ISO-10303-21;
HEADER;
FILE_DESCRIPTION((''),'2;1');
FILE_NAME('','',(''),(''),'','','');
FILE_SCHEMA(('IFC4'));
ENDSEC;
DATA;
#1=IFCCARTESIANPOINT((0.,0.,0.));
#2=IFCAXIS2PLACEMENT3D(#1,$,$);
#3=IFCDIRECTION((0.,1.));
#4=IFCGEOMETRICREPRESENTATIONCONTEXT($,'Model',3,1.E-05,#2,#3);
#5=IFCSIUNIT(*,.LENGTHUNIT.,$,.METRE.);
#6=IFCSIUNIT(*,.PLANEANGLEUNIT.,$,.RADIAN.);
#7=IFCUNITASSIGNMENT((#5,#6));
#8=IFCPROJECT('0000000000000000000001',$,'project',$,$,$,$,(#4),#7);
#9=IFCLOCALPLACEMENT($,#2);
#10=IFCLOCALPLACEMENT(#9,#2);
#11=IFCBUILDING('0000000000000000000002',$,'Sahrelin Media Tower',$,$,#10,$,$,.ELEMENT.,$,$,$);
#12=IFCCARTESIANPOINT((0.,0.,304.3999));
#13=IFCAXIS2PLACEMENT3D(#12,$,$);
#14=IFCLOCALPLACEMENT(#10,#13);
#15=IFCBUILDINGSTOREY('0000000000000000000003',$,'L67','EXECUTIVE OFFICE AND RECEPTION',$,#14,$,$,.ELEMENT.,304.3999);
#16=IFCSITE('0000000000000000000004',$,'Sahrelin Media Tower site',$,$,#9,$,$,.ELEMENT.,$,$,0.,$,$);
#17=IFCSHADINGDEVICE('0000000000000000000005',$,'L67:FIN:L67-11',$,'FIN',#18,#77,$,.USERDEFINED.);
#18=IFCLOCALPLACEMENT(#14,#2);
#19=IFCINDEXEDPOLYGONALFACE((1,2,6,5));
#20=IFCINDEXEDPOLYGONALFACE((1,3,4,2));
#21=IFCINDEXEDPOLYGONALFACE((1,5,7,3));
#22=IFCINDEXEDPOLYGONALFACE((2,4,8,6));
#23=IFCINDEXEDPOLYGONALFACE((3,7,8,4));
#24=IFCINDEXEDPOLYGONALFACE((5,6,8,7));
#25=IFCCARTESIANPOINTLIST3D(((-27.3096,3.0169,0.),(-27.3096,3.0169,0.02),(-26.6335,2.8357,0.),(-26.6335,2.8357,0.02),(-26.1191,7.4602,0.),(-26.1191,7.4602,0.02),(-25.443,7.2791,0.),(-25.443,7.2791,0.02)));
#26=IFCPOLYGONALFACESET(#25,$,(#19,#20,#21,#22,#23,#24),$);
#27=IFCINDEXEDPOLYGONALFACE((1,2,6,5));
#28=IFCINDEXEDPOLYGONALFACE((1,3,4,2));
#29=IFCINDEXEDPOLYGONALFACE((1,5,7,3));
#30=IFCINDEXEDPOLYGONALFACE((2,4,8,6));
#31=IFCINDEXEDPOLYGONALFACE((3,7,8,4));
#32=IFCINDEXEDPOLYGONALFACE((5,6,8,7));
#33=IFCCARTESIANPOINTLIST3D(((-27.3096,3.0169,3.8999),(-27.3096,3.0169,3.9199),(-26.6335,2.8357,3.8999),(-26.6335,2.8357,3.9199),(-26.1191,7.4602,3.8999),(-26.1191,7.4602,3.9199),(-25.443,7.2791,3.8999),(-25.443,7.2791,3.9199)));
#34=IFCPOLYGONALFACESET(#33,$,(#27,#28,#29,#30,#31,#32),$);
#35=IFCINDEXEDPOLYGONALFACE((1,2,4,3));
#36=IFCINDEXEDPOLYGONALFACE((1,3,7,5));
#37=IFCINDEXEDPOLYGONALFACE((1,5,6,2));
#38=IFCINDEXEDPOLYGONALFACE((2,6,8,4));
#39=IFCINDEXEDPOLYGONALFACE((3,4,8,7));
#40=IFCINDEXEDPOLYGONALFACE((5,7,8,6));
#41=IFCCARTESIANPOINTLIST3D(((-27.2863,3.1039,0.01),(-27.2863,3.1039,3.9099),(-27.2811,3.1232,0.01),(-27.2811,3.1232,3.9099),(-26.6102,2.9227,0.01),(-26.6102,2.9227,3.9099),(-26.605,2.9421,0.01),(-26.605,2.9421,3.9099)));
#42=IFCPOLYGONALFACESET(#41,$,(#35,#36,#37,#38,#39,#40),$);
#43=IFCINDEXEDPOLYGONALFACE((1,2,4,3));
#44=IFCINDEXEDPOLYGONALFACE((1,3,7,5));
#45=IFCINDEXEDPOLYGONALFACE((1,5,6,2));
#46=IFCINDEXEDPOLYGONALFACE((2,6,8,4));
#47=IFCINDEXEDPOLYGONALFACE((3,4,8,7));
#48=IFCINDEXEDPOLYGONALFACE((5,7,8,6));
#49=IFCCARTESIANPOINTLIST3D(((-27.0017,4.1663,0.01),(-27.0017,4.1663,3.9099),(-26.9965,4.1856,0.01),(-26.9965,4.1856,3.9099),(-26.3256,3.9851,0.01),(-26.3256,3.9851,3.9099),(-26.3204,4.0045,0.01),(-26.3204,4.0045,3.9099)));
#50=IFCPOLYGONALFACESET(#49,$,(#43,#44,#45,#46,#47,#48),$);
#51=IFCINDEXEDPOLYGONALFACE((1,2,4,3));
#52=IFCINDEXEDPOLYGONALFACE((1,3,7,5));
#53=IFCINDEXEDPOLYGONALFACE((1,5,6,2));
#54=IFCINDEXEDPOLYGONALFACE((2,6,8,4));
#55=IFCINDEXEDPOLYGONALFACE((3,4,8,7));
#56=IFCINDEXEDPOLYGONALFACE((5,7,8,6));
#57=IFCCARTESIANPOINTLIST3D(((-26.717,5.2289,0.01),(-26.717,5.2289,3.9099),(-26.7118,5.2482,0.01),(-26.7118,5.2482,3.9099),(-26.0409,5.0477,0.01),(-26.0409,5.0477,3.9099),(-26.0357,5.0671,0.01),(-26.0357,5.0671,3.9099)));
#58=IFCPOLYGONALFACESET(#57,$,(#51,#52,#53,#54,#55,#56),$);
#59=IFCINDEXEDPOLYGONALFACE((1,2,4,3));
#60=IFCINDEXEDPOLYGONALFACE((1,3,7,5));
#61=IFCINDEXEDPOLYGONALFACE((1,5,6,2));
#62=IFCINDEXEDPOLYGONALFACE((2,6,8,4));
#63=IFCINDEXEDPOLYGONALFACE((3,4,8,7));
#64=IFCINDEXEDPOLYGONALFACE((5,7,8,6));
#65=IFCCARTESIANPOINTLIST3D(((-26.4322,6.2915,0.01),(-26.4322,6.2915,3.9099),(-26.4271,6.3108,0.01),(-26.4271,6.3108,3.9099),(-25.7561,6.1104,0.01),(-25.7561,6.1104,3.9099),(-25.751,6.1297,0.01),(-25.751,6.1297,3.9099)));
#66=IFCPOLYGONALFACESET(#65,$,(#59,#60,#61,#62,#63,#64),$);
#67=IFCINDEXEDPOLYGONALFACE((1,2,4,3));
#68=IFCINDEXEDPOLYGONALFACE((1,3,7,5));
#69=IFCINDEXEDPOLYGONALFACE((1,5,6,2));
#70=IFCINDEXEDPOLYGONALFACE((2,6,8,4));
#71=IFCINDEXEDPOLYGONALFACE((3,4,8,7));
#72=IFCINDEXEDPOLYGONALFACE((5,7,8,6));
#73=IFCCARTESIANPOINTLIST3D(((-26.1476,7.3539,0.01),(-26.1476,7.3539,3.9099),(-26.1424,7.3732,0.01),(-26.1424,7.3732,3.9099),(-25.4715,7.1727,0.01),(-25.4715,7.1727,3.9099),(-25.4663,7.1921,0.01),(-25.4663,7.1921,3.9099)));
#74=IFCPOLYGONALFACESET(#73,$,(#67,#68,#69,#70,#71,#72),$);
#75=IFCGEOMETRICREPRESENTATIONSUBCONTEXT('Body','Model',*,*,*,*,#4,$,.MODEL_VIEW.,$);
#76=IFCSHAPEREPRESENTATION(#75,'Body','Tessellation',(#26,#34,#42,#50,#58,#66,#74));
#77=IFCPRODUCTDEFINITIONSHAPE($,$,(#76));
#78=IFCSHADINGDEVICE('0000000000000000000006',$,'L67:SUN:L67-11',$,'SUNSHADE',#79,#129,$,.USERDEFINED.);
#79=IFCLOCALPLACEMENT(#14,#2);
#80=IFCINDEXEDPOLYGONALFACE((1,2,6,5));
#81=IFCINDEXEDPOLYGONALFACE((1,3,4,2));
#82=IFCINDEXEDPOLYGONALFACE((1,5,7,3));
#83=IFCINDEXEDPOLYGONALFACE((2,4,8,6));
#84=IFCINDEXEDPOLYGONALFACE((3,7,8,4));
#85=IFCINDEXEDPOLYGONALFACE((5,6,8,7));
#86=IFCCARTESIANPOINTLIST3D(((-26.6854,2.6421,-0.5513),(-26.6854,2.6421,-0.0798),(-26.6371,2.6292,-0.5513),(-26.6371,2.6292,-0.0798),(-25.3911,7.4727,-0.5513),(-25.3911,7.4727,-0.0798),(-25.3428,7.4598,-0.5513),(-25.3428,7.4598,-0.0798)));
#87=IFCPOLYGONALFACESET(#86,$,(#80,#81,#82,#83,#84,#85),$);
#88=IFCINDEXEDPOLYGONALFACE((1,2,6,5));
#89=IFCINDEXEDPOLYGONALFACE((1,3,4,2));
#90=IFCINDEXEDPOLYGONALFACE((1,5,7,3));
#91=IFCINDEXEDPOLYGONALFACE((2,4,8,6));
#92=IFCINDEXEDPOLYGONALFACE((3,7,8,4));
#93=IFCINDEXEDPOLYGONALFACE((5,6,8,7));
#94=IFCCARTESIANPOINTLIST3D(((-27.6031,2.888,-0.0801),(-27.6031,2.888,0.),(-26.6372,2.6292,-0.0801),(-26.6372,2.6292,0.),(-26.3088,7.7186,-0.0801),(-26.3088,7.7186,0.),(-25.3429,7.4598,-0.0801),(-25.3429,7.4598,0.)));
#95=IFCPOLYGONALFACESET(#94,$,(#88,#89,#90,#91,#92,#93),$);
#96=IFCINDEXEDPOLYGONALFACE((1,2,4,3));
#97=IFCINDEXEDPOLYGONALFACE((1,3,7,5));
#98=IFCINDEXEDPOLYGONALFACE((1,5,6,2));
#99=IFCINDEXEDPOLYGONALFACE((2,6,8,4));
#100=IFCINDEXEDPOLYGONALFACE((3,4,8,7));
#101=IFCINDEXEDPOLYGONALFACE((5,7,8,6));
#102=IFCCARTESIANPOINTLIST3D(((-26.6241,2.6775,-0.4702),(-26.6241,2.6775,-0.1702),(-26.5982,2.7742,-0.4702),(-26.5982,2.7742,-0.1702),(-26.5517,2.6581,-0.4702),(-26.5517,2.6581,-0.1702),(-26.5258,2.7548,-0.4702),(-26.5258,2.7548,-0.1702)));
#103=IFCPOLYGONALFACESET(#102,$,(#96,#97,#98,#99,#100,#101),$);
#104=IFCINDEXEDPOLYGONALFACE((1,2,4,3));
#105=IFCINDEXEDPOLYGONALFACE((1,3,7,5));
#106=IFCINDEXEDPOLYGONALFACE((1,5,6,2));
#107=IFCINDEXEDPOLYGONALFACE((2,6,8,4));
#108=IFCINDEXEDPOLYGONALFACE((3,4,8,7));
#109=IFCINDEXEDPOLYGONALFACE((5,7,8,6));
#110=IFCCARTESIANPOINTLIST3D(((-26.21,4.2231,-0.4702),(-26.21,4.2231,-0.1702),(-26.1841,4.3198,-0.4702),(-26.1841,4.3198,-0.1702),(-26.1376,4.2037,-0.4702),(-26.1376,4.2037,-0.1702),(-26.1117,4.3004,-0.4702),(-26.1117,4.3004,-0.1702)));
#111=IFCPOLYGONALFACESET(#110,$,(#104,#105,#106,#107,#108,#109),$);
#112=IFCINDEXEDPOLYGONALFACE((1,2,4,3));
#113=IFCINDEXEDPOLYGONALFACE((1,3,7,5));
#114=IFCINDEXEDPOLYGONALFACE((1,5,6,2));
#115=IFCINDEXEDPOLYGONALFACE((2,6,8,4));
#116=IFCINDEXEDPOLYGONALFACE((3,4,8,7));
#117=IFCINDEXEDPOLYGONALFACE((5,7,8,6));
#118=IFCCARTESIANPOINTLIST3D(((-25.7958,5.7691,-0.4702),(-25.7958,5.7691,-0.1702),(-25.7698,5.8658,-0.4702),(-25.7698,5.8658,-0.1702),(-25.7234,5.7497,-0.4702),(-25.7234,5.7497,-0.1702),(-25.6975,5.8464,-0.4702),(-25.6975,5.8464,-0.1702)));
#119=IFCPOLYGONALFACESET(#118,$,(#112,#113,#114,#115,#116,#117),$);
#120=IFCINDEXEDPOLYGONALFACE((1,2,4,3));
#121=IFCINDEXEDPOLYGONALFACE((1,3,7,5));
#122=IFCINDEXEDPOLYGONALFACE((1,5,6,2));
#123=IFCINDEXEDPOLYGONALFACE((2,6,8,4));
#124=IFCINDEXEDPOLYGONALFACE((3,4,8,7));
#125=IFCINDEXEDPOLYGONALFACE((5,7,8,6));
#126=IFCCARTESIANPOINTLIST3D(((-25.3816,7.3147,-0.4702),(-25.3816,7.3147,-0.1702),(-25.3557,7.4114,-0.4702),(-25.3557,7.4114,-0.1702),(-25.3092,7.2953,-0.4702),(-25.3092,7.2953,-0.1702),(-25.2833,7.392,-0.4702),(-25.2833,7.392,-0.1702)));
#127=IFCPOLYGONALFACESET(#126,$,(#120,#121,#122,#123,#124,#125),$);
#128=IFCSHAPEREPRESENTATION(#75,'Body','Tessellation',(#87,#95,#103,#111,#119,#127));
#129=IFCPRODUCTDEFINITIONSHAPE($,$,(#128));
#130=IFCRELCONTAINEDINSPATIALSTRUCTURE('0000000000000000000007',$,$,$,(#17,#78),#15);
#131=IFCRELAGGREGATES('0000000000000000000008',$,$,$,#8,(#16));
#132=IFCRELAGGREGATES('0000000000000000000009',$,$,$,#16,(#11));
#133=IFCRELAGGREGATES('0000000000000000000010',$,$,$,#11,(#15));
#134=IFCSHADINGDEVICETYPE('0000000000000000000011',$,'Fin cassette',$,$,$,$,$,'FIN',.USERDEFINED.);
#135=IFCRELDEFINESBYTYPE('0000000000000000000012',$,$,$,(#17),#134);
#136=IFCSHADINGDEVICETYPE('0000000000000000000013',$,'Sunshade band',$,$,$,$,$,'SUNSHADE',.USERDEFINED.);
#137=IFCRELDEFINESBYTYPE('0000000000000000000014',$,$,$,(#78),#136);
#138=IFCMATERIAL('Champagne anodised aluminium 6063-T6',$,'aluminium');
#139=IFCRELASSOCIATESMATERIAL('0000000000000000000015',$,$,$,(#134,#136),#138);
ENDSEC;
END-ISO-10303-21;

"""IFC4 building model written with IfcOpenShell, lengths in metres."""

from ifc_helpers import new_model, si_unit, direction, frame, origin, origin_2d, place, context, subcontext, project, spatial, rectangle, extrude, material, type_object, element, save


model = new_model("IFC4")

# Units and contexts
model_context = context("Model", 3, precision=1e-05, world=origin(), true_north=direction((0.0, 1.0)))
body_context = subcontext(model_context, "Body", "Model", "MODEL_VIEW")
ifc_project = project(units=[si_unit("LENGTHUNIT", "METRE"), si_unit("PLANEANGLEUNIT", "RADIAN")], contexts=[model_context])

# Site, building, storey
site_placement = place(None, origin())
site = spatial("IfcSite", under=ifc_project, at=site_placement, Name="Sahrelin Media Tower site", CompositionType="ELEMENT", RefElevation=0.0)
building_placement = place(site_placement, origin())
building = spatial("IfcBuilding", under=site, at=building_placement, Name="Sahrelin Media Tower", CompositionType="ELEMENT")
storey_placement = place(building_placement, frame((0.0, 0.0, 304.3999)))
storey = spatial("IfcBuildingStorey", under=building, at=storey_placement, Name="L67", Description="EXECUTIVE OFFICE AND RECEPTION", CompositionType="ELEMENT", Elevation=304.3999)

# Shared definitions
ifc_material_1 = material(Name="Champagne anodised aluminium 6063-T6", Category="aluminium")

# Shading devices
shading_device_type_1 = type_object("IfcShadingDeviceType", Name="Fin cassette", ElementType="FIN", PredefinedType="USERDEFINED", material=ifc_material_1)
placement = place(storey_placement, frame((-25.9707, 5.0393, 0.0), z_axis=(0.0, 0.0, 1.0), x_axis=(0.258808, 0.965929, 0.0)))
element("IfcShadingDevice", 1, at=placement, inside=storey, type_object=shading_device_type_1, Name="L67:FIN:L67-11", ObjectType="FIN", PredefinedType="USERDEFINED", context=body_context, shape_type="SweptSolid", body=[
    extrude(rectangle(XDim=4.6001, YDim=0.7, at=origin_2d()), frame((0.0, 0.4199, 0.0)), (0.0, 0.0, 1.0), 0.02),
    extrude(rectangle(XDim=4.6001, YDim=0.7, at=origin_2d()), frame((0.0, 0.4199, 3.8999)), (0.0, 0.0, 1.0), 0.02),
    extrude(rectangle(XDim=0.02, YDim=0.7, at=origin_2d()), frame((-2.2, 0.4199, 0.01), z_axis=(0.0, 0.0, 1.0), x_axis=(1.0, 0.0, 0.0)), (0.0, 0.0, 1.0), 3.8999),
    extrude(rectangle(XDim=0.02, YDim=0.7, at=origin_2d()), frame((-1.1001, 0.4199, 0.01), z_axis=(0.0, 0.0, 1.0), x_axis=(1.0, 0.0, 0.0)), (0.0, 0.0, 1.0), 3.8999),
    extrude(rectangle(XDim=0.02, YDim=0.7, at=origin_2d()), frame((0.0, 0.4199, 0.01), z_axis=(0.0, 0.0, 1.0), x_axis=(1.0, 0.0, 0.0)), (0.0, 0.0, 1.0), 3.8999),
    extrude(rectangle(XDim=0.02, YDim=0.7, at=origin_2d()), frame((1.1001, 0.4199, 0.01), z_axis=(0.0, 0.0, 1.0), x_axis=(1.0, 0.0, 0.0)), (0.0, 0.0, 1.0), 3.8999),
    extrude(rectangle(XDim=0.02, YDim=0.7, at=origin_2d()), frame((2.2, 0.4199, 0.01), z_axis=(0.0, 0.0, 1.0), x_axis=(1.0, 0.0, 0.0)), (0.0, 0.0, 1.0), 3.8999),
])
shading_device_type_2 = type_object("IfcShadingDeviceType", Name="Sunshade band", ElementType="SUNSHADE", PredefinedType="USERDEFINED", material=ifc_material_1)
element("IfcShadingDevice", 2, at=placement, inside=storey, type_object=shading_device_type_2, Name="L67:SUN:L67-11", ObjectType="SUNSHADE", PredefinedType="USERDEFINED", context=body_context, shape_type="SweptSolid", body=[
    extrude(rectangle(XDim=5.001, YDim=0.05, at=origin_2d()), frame((0.0, 0.0449, -0.5513)), (0.0, 0.0, 1.0), 0.4714),
    extrude(rectangle(XDim=5.001, YDim=1.0, at=origin_2d()), frame((0.0, 0.52, -0.0801)), (0.0, 0.0, 1.0), 0.0801),
    extrude(rectangle(XDim=0.1001, YDim=0.075, at=origin_2d()), frame((-2.4004, -0.0176, -0.4702)), (0.0, 0.0, 1.0), 0.3),
    extrude(rectangle(XDim=0.1001, YDim=0.075, at=origin_2d()), frame((-0.8003, -0.0176, -0.4702)), (0.0, 0.0, 1.0), 0.3),
    extrude(rectangle(XDim=0.1001, YDim=0.075, at=origin_2d()), frame((0.8003, -0.0176, -0.4702)), (0.0, 0.0, 1.0), 0.3),
    extrude(rectangle(XDim=0.1001, YDim=0.075, at=origin_2d()), frame((2.4004, -0.0176, -0.4702)), (0.0, 0.0, 1.0), 0.3),
])

save(model, "model.ifc")
